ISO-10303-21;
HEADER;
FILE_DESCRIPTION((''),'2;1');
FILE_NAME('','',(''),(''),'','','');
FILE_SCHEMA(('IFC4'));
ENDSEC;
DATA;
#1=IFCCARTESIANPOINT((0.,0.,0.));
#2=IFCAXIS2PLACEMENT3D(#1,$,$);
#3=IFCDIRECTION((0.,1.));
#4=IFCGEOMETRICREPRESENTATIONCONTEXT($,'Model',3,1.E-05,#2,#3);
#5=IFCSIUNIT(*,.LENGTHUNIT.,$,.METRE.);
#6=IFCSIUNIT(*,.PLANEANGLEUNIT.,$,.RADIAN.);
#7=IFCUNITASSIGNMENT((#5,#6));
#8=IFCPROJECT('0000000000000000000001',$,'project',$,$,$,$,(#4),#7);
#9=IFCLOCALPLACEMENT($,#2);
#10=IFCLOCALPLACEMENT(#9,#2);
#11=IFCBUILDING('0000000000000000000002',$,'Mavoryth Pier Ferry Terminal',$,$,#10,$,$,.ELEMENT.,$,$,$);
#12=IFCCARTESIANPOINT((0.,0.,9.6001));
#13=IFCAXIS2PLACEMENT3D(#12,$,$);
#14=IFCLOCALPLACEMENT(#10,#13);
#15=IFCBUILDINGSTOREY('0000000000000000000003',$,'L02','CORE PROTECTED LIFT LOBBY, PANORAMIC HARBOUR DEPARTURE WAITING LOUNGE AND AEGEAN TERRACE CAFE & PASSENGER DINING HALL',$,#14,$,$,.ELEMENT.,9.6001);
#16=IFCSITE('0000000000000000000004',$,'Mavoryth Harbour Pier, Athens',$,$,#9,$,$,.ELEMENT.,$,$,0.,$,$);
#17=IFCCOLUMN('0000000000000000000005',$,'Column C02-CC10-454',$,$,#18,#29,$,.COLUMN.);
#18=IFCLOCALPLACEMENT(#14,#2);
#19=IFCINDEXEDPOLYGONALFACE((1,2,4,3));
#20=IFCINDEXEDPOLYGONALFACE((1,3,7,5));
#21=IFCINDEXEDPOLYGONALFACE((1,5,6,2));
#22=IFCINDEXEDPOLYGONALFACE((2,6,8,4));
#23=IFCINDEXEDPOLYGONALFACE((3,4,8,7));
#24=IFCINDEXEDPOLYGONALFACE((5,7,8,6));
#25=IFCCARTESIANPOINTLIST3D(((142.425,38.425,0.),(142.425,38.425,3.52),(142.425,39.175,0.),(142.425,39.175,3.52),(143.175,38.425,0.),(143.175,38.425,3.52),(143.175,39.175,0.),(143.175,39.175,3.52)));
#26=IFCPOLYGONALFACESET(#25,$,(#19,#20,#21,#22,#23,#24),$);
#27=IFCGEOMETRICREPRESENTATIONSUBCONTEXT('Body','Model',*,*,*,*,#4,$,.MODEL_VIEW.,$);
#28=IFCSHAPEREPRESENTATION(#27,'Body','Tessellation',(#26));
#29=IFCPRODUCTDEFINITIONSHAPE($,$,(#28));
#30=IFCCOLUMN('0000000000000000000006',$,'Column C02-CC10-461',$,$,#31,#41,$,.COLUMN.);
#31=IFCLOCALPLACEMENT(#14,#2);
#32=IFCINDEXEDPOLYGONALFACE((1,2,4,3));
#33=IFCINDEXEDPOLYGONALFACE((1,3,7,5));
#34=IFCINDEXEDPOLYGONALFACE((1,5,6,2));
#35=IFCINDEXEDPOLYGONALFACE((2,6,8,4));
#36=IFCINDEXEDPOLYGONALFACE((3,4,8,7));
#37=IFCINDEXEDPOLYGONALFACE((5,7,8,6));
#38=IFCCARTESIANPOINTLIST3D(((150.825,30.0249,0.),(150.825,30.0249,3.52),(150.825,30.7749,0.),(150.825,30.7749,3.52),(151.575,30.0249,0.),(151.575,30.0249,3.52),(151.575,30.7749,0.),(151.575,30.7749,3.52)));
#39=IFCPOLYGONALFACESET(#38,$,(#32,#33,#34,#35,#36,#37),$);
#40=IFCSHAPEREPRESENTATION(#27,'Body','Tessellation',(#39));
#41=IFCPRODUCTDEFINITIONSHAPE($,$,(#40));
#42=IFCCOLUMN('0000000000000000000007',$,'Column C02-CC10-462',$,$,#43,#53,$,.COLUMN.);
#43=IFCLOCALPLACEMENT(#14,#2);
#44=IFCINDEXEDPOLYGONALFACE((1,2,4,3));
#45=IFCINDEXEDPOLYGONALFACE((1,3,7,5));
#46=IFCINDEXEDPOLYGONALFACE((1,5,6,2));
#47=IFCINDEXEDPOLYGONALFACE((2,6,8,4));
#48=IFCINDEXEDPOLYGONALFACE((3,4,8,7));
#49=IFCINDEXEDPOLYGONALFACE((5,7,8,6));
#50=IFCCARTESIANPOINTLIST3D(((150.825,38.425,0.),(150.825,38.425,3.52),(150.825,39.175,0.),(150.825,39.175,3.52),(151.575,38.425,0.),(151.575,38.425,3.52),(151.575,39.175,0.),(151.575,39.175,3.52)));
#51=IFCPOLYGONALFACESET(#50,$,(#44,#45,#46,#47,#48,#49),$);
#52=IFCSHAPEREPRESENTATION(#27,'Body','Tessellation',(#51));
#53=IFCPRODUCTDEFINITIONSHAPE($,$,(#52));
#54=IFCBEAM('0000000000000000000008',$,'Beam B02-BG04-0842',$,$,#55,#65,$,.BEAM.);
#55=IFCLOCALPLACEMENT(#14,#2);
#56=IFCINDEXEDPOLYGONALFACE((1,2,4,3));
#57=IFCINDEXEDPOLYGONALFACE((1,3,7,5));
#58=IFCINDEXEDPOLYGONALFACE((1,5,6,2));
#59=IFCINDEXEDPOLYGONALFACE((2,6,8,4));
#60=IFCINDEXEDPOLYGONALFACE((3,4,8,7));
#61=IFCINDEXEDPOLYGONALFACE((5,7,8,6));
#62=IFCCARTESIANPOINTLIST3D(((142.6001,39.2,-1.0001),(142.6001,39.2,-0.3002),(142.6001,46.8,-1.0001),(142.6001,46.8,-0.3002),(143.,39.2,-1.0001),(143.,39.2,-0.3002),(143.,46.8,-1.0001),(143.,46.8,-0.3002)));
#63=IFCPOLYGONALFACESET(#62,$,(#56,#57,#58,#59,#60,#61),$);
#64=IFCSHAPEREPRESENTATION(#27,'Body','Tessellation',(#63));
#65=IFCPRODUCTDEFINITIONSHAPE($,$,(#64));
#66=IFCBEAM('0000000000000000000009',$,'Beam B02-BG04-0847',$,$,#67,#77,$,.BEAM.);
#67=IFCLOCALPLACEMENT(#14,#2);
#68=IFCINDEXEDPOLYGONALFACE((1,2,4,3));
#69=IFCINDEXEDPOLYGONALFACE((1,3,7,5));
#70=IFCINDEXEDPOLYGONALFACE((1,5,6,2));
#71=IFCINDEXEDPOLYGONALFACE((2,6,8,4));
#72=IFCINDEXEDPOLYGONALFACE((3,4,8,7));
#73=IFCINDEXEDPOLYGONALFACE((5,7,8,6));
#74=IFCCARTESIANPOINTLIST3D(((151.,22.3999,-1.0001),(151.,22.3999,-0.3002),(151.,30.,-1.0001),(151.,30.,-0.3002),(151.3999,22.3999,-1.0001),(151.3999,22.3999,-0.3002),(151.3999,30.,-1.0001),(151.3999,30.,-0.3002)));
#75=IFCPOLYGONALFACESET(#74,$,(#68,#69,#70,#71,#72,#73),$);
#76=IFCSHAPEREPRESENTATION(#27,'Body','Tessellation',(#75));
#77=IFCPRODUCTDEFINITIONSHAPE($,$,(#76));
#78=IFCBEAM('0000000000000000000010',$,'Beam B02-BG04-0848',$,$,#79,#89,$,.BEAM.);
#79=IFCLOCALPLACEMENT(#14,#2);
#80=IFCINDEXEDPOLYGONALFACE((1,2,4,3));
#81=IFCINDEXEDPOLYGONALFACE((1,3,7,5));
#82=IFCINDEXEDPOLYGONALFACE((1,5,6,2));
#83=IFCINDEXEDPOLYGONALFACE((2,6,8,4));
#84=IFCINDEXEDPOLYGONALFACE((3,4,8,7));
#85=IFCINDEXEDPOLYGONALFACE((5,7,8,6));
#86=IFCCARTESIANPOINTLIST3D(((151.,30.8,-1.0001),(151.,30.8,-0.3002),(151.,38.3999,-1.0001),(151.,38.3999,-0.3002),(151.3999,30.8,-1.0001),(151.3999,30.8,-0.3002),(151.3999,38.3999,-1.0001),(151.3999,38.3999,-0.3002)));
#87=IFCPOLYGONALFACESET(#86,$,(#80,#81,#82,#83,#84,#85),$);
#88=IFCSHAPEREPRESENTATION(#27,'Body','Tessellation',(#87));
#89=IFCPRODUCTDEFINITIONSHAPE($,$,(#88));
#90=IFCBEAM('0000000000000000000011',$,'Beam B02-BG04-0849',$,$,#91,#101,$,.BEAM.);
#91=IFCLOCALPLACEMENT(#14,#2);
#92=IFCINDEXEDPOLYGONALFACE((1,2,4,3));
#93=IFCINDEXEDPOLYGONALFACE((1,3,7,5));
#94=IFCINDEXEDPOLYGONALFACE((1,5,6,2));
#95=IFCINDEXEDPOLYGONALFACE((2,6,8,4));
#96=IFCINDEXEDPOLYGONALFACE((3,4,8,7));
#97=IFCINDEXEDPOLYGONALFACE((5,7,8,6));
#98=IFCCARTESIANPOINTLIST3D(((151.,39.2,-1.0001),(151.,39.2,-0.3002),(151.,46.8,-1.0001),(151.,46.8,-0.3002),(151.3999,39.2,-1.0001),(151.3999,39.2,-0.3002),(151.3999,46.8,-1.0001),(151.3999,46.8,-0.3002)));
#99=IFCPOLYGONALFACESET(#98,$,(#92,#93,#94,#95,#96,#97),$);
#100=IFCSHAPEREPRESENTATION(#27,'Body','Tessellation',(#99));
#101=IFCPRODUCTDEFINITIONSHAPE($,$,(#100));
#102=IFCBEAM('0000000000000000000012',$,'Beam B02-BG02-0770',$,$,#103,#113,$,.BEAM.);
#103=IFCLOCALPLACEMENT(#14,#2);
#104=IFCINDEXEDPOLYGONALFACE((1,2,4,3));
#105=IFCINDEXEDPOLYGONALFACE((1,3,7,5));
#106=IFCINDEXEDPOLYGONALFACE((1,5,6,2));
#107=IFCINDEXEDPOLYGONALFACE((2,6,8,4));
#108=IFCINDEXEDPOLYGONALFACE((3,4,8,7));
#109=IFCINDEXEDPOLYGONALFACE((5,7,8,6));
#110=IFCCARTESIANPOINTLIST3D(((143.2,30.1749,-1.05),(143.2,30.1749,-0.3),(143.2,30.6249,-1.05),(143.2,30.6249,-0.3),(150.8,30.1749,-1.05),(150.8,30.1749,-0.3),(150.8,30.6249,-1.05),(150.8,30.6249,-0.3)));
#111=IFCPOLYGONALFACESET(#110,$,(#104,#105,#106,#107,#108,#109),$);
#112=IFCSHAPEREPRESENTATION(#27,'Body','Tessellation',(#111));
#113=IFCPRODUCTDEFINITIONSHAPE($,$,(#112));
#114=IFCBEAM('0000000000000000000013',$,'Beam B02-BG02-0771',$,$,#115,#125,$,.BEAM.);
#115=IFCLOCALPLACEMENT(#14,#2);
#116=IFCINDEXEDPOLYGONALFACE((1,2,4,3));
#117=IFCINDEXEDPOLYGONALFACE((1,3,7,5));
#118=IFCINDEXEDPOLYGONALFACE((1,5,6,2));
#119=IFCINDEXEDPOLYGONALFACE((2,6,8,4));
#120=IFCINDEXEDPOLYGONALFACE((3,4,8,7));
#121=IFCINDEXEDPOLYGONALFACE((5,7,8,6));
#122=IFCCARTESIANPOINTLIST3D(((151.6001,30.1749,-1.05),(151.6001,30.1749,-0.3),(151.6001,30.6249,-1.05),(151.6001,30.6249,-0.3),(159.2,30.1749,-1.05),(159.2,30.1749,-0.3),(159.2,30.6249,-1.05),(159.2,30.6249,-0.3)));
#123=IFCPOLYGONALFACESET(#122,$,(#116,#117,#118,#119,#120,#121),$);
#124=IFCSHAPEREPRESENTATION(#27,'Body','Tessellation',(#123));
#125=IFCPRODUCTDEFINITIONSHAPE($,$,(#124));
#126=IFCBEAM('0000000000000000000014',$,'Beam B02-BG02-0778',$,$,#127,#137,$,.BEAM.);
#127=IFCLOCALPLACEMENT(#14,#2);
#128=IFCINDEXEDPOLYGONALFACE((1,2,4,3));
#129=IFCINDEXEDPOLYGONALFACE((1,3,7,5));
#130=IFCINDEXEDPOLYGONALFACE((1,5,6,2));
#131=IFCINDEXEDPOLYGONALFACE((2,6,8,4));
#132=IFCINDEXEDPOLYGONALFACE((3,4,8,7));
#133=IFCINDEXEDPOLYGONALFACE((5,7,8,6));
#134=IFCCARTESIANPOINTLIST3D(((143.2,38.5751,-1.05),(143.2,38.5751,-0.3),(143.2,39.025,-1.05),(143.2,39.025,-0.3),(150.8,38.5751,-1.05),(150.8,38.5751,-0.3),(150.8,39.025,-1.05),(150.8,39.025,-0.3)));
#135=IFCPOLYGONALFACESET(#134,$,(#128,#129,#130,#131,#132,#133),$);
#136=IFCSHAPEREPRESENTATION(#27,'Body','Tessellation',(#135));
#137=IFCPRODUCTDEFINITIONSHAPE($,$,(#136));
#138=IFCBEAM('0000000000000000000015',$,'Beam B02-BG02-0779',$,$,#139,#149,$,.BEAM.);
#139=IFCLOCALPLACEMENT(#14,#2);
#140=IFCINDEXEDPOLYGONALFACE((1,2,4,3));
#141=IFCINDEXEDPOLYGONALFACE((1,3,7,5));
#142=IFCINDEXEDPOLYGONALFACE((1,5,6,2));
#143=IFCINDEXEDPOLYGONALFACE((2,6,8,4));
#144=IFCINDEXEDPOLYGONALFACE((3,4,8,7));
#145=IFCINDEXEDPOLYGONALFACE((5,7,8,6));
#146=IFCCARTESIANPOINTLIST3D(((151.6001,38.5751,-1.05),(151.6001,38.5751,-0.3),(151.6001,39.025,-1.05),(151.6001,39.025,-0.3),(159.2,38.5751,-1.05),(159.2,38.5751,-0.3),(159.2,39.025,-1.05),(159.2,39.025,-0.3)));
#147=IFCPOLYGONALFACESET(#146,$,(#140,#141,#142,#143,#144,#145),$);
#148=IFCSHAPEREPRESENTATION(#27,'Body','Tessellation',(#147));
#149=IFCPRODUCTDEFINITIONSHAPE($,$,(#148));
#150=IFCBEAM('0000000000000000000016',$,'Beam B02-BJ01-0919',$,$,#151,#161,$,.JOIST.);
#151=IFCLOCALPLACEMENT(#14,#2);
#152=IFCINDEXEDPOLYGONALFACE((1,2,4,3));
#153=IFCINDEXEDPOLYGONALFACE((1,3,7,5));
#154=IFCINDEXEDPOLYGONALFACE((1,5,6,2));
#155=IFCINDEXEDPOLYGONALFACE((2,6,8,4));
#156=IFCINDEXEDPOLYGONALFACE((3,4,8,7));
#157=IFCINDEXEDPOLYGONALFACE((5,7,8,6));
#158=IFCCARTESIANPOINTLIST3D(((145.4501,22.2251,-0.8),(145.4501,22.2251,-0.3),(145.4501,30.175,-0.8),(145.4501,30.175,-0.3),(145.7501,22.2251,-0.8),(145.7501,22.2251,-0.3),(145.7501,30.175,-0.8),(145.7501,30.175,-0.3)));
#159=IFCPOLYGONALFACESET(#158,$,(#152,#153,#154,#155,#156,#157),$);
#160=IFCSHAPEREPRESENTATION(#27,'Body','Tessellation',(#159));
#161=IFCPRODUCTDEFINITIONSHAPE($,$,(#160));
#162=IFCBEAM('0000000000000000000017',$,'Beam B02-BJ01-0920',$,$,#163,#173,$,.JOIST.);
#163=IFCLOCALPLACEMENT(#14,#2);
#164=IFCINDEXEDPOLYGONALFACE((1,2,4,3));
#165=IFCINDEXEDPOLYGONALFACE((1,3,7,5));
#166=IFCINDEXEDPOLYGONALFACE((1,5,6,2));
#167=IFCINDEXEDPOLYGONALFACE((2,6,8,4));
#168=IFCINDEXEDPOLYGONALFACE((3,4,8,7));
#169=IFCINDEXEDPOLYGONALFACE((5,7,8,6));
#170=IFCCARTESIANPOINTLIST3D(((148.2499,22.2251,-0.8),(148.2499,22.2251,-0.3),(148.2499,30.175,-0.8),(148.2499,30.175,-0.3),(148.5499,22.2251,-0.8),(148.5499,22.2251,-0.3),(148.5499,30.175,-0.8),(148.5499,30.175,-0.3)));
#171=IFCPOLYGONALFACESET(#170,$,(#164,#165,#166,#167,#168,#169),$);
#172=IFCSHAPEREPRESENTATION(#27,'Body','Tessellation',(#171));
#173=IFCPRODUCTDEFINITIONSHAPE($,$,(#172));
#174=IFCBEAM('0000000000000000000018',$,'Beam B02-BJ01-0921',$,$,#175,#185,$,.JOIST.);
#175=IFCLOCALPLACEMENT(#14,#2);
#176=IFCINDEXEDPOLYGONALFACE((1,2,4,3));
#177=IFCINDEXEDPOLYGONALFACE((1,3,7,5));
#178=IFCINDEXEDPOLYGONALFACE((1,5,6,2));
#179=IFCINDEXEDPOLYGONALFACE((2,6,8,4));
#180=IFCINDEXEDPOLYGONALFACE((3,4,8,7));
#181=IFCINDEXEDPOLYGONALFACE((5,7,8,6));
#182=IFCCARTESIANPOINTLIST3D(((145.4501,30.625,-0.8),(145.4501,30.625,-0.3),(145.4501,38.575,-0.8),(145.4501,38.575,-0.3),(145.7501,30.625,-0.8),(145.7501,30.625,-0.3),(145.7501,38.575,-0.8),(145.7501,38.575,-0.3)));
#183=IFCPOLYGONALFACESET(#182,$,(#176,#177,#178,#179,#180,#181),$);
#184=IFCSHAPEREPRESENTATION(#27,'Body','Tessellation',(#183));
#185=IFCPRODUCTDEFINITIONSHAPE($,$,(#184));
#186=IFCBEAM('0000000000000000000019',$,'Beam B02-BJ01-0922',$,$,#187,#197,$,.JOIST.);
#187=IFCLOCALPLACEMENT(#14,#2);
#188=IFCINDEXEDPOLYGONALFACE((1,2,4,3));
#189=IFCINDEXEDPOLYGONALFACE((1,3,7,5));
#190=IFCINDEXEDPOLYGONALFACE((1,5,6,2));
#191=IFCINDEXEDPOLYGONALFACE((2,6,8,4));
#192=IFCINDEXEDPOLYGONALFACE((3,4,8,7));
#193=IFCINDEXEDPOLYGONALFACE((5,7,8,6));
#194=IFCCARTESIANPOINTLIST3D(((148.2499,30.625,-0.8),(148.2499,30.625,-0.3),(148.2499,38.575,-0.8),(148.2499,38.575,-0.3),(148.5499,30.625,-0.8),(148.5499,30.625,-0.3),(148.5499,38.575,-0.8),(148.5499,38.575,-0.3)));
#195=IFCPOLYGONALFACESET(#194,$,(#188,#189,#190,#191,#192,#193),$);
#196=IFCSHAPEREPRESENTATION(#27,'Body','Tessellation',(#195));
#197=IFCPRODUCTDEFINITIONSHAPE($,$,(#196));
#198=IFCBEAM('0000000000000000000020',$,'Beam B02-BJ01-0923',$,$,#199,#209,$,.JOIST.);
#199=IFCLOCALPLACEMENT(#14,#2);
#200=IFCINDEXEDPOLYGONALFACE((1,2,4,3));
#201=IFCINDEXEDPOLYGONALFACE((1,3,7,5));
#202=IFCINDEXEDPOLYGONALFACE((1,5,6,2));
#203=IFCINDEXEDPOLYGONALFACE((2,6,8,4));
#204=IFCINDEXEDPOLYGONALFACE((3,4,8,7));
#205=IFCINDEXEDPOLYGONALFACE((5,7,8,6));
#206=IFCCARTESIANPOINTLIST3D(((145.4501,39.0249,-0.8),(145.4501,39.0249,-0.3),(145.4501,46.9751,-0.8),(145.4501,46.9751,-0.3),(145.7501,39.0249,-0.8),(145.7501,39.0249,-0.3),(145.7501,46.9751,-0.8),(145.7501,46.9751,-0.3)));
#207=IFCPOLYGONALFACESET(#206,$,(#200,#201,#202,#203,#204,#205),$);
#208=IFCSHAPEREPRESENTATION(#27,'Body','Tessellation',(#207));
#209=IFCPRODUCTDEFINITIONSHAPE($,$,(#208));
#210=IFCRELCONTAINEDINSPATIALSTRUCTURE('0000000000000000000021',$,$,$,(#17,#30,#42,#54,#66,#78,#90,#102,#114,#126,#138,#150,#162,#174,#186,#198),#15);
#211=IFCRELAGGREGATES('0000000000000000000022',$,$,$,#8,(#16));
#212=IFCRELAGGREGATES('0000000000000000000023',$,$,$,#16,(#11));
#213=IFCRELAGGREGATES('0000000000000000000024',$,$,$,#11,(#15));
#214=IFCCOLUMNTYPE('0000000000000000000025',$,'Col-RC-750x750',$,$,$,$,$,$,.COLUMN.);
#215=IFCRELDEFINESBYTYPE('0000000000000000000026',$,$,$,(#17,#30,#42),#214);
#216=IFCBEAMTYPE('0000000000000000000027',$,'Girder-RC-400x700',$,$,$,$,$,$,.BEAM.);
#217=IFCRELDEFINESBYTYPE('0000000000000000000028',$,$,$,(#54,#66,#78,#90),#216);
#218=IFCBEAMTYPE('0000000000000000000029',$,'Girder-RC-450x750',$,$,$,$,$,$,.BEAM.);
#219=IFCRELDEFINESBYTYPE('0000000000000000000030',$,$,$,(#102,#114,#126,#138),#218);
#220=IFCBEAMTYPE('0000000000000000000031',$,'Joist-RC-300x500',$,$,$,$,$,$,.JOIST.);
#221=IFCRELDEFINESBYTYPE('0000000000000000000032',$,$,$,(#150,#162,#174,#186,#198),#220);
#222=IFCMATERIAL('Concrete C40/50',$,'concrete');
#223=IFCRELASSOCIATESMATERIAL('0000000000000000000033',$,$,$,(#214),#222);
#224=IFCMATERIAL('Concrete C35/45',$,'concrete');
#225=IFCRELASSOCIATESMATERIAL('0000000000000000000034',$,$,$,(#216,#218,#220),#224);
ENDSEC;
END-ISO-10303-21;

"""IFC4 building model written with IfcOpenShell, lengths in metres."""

from ifc_helpers import new_model, si_unit, direction, frame, origin, origin_2d, place, context, subcontext, project, spatial, rectangle, extrude, material, material_profile, profile_set, type_object, element, save


model = new_model("IFC4")

# Units and contexts
model_context = context("Model", 3, precision=1e-05, world=origin(), true_north=direction((0.0, 1.0)))
body_context = subcontext(model_context, "Body", "Model", "MODEL_VIEW")
ifc_project = project(units=[si_unit("LENGTHUNIT", "METRE"), si_unit("PLANEANGLEUNIT", "RADIAN")], contexts=[model_context])

# Site, building, storey
site_placement = place(None, origin())
site = spatial("IfcSite", under=ifc_project, at=site_placement, Name="Mavoryth Harbour Pier, Athens", CompositionType="ELEMENT", RefElevation=0.0)
building_placement = place(site_placement, origin())
building = spatial("IfcBuilding", under=site, at=building_placement, Name="Mavoryth Pier Ferry Terminal", CompositionType="ELEMENT")
storey_placement = place(building_placement, frame((0.0, 0.0, 9.6001)))
storey = spatial("IfcBuildingStorey", under=building, at=storey_placement, Name="L02", Description="CORE PROTECTED LIFT LOBBY, PANORAMIC HARBOUR DEPARTURE WAITING LOUNGE AND AEGEAN TERRACE CAFE & PASSENGER DINING HALL", CompositionType="ELEMENT", Elevation=9.6001)

# Columns
ifc_material_1 = material(Name="Concrete C40/50", Category="concrete")
ifc_material_profile_1 = material_profile(ifc_material_1, rectangle(XDim=0.75, YDim=0.75, at=origin_2d()), Name="RC 750x750", Category="concrete")
ifc_profile_set_1 = profile_set([ifc_material_profile_1], Name="Concrete C40/50 - RC 750x750")
column_type = type_object("IfcColumnType", Name="Col-RC-750x750", PredefinedType="COLUMN", material=ifc_profile_set_1)
for number, where, z_axis, x_axis, name in (
    (1, (142.8, 38.8, 0.0), (0.0, 0.0, 1.0), (1.0, 0.0, 0.0), "Column C02-CC10-454"),
    (2, (151.2, 30.3999, 0.0), (0.0, 0.0, 1.0), (1.0, 0.0, 0.0), "Column C02-CC10-461"),
    (3, (151.2, 38.8, 0.0), (0.0, 0.0, 1.0), (1.0, 0.0, 0.0), "Column C02-CC10-462"),
):
    element("IfcColumn", number, at=place(storey_placement, frame(where, z_axis=z_axis, x_axis=x_axis)), inside=storey, type_object=column_type, Name=name, PredefinedType="COLUMN", context=body_context, shape_type="SweptSolid", body=[
        extrude(rectangle(XDim=0.75, YDim=0.75, at=origin_2d()), origin(), (0.0, 0.0, 1.0), 3.52),
    ])

# Beams
ifc_material_2 = material(Name="Concrete C35/45", Category="concrete")
ifc_material_profile_2 = material_profile(ifc_material_2, rectangle(XDim=0.3999, YDim=0.7, at=origin_2d()), Name="RC 400x700", Category="concrete")
ifc_profile_set_2 = profile_set([ifc_material_profile_2], Name="Concrete C35/45 - RC 400x700")
beam_type_1 = type_object("IfcBeamType", Name="Girder-RC-400x700", PredefinedType="BEAM", material=ifc_profile_set_2)
for number, where, z_axis, x_axis, name in (
    (4, (142.8, 39.2, -0.6501), (0.0, 1.0, 0.0), (-1.0, 0.0, 0.0), "Beam B02-BG04-0842"),
    (5, (151.2, 22.3999, -0.6501), (0.0, 1.0, 0.0), (-1.0, 0.0, 0.0), "Beam B02-BG04-0847"),
):
    element("IfcBeam", number, at=place(storey_placement, frame(where, z_axis=z_axis, x_axis=x_axis)), inside=storey, type_object=beam_type_1, Name=name, PredefinedType="BEAM", context=body_context, shape_type="SweptSolid", body=[
        extrude(rectangle(XDim=0.3999, YDim=0.7, at=origin_2d()), origin(), (0.0, 0.0, 1.0), 7.6001),
    ])
beam_1_placement = place(storey_placement, frame((151.2, 30.8, -0.6501), z_axis=(0.0, 1.0, 0.0), x_axis=(-1.0, 0.0, 0.0)))
element("IfcBeam", 6, at=beam_1_placement, inside=storey, type_object=beam_type_1, Name="Beam B02-BG04-0848", PredefinedType="BEAM", context=body_context, shape_type="SweptSolid", body=[
    extrude(rectangle(XDim=0.3999, YDim=0.7, at=origin_2d()), origin(), (0.0, 0.0, 1.0), 7.5999),
])
beam_2_placement = place(storey_placement, frame((151.2, 39.2, -0.6501), z_axis=(0.0, 1.0, 0.0), x_axis=(-1.0, 0.0, 0.0)))
element("IfcBeam", 7, at=beam_2_placement, inside=storey, type_object=beam_type_1, Name="Beam B02-BG04-0849", PredefinedType="BEAM", context=body_context, shape_type="SweptSolid", body=[
    extrude(rectangle(XDim=0.3999, YDim=0.7, at=origin_2d()), origin(), (0.0, 0.0, 1.0), 7.6001),
])
ifc_material_profile_3 = material_profile(ifc_material_2, rectangle(XDim=0.45, YDim=0.75, at=origin_2d()), Name="RC 450x750", Category="concrete")
ifc_profile_set_3 = profile_set([ifc_material_profile_3], Name="Concrete C35/45 - RC 450x750")
beam_type_2 = type_object("IfcBeamType", Name="Girder-RC-450x750", PredefinedType="BEAM", material=ifc_profile_set_3)
beam_3_placement = place(storey_placement, frame((143.2, 30.3999, -0.675), z_axis=(1.0, 0.0, 0.0), x_axis=(0.0, 1.0, 0.0)))
element("IfcBeam", 8, at=beam_3_placement, inside=storey, type_object=beam_type_2, Name="Beam B02-BG02-0770", PredefinedType="BEAM", context=body_context, shape_type="SweptSolid", body=[
    extrude(rectangle(XDim=0.45, YDim=0.75, at=origin_2d()), origin(), (0.0, 0.0, 1.0), 7.6001),
])
beam_4_placement = place(storey_placement, frame((151.6001, 30.3999, -0.675), z_axis=(1.0, 0.0, 0.0), x_axis=(0.0, 1.0, 0.0)))
element("IfcBeam", 9, at=beam_4_placement, inside=storey, type_object=beam_type_2, Name="Beam B02-BG02-0771", PredefinedType="BEAM", context=body_context, shape_type="SweptSolid", body=[
    extrude(rectangle(XDim=0.45, YDim=0.75, at=origin_2d()), origin(), (0.0, 0.0, 1.0), 7.5999),
])
beam_5_placement = place(storey_placement, frame((143.2, 38.8, -0.675), z_axis=(1.0, 0.0, 0.0), x_axis=(0.0, 1.0, 0.0)))
element("IfcBeam", 10, at=beam_5_placement, inside=storey, type_object=beam_type_2, Name="Beam B02-BG02-0778", PredefinedType="BEAM", context=body_context, shape_type="SweptSolid", body=[
    extrude(rectangle(XDim=0.45, YDim=0.75, at=origin_2d()), origin(), (0.0, 0.0, 1.0), 7.6001),
])
beam_6_placement = place(storey_placement, frame((151.6001, 38.8, -0.675), z_axis=(1.0, 0.0, 0.0), x_axis=(0.0, 1.0, 0.0)))
element("IfcBeam", 11, at=beam_6_placement, inside=storey, type_object=beam_type_2, Name="Beam B02-BG02-0779", PredefinedType="BEAM", context=body_context, shape_type="SweptSolid", body=[
    extrude(rectangle(XDim=0.45, YDim=0.75, at=origin_2d()), origin(), (0.0, 0.0, 1.0), 7.5999),
])
ifc_material_profile_4 = material_profile(ifc_material_2, rectangle(XDim=0.3, YDim=0.5, at=origin_2d()), Name="RC 300x500", Category="concrete")
ifc_profile_set_4 = profile_set([ifc_material_profile_4], Name="Concrete C35/45 - RC 300x500")
beam_type_3 = type_object("IfcBeamType", Name="Joist-RC-300x500", PredefinedType="JOIST", material=ifc_profile_set_4)
for number, where, z_axis, x_axis, name in (
    (12, (145.6001, 22.2251, -0.55), (0.0, 1.0, 0.0), (-1.0, 0.0, 0.0), "Beam B02-BJ01-0919"),
    (13, (148.3999, 22.2251, -0.55), (0.0, 1.0, 0.0), (-1.0, 0.0, 0.0), "Beam B02-BJ01-0920"),
    (14, (145.6001, 30.625, -0.55), (0.0, 1.0, 0.0), (-1.0, 0.0, 0.0), "Beam B02-BJ01-0921"),
    (15, (148.3999, 30.625, -0.55), (0.0, 1.0, 0.0), (-1.0, 0.0, 0.0), "Beam B02-BJ01-0922"),
):
    element("IfcBeam", number, at=place(storey_placement, frame(where, z_axis=z_axis, x_axis=x_axis)), inside=storey, type_object=beam_type_3, Name=name, PredefinedType="JOIST", context=body_context, shape_type="SweptSolid", body=[
        extrude(rectangle(XDim=0.3, YDim=0.5, at=origin_2d()), origin(), (0.0, 0.0, 1.0), 7.95),
    ])
for number, where, z_axis, x_axis, name in (
    (16, (145.6001, 39.0249, -0.55), (0.0, 1.0, 0.0), (-1.0, 0.0, 0.0), "Beam B02-BJ01-0923"),
):
    element("IfcBeam", number, at=place(storey_placement, frame(where, z_axis=z_axis, x_axis=x_axis)), inside=storey, type_object=beam_type_3, Name=name, PredefinedType="JOIST", context=body_context, shape_type="SweptSolid", body=[
        extrude(rectangle(XDim=0.3, YDim=0.5, at=origin_2d()), origin(), (0.0, 0.0, 1.0), 7.9502),
    ])

save(model, "model.ifc")
